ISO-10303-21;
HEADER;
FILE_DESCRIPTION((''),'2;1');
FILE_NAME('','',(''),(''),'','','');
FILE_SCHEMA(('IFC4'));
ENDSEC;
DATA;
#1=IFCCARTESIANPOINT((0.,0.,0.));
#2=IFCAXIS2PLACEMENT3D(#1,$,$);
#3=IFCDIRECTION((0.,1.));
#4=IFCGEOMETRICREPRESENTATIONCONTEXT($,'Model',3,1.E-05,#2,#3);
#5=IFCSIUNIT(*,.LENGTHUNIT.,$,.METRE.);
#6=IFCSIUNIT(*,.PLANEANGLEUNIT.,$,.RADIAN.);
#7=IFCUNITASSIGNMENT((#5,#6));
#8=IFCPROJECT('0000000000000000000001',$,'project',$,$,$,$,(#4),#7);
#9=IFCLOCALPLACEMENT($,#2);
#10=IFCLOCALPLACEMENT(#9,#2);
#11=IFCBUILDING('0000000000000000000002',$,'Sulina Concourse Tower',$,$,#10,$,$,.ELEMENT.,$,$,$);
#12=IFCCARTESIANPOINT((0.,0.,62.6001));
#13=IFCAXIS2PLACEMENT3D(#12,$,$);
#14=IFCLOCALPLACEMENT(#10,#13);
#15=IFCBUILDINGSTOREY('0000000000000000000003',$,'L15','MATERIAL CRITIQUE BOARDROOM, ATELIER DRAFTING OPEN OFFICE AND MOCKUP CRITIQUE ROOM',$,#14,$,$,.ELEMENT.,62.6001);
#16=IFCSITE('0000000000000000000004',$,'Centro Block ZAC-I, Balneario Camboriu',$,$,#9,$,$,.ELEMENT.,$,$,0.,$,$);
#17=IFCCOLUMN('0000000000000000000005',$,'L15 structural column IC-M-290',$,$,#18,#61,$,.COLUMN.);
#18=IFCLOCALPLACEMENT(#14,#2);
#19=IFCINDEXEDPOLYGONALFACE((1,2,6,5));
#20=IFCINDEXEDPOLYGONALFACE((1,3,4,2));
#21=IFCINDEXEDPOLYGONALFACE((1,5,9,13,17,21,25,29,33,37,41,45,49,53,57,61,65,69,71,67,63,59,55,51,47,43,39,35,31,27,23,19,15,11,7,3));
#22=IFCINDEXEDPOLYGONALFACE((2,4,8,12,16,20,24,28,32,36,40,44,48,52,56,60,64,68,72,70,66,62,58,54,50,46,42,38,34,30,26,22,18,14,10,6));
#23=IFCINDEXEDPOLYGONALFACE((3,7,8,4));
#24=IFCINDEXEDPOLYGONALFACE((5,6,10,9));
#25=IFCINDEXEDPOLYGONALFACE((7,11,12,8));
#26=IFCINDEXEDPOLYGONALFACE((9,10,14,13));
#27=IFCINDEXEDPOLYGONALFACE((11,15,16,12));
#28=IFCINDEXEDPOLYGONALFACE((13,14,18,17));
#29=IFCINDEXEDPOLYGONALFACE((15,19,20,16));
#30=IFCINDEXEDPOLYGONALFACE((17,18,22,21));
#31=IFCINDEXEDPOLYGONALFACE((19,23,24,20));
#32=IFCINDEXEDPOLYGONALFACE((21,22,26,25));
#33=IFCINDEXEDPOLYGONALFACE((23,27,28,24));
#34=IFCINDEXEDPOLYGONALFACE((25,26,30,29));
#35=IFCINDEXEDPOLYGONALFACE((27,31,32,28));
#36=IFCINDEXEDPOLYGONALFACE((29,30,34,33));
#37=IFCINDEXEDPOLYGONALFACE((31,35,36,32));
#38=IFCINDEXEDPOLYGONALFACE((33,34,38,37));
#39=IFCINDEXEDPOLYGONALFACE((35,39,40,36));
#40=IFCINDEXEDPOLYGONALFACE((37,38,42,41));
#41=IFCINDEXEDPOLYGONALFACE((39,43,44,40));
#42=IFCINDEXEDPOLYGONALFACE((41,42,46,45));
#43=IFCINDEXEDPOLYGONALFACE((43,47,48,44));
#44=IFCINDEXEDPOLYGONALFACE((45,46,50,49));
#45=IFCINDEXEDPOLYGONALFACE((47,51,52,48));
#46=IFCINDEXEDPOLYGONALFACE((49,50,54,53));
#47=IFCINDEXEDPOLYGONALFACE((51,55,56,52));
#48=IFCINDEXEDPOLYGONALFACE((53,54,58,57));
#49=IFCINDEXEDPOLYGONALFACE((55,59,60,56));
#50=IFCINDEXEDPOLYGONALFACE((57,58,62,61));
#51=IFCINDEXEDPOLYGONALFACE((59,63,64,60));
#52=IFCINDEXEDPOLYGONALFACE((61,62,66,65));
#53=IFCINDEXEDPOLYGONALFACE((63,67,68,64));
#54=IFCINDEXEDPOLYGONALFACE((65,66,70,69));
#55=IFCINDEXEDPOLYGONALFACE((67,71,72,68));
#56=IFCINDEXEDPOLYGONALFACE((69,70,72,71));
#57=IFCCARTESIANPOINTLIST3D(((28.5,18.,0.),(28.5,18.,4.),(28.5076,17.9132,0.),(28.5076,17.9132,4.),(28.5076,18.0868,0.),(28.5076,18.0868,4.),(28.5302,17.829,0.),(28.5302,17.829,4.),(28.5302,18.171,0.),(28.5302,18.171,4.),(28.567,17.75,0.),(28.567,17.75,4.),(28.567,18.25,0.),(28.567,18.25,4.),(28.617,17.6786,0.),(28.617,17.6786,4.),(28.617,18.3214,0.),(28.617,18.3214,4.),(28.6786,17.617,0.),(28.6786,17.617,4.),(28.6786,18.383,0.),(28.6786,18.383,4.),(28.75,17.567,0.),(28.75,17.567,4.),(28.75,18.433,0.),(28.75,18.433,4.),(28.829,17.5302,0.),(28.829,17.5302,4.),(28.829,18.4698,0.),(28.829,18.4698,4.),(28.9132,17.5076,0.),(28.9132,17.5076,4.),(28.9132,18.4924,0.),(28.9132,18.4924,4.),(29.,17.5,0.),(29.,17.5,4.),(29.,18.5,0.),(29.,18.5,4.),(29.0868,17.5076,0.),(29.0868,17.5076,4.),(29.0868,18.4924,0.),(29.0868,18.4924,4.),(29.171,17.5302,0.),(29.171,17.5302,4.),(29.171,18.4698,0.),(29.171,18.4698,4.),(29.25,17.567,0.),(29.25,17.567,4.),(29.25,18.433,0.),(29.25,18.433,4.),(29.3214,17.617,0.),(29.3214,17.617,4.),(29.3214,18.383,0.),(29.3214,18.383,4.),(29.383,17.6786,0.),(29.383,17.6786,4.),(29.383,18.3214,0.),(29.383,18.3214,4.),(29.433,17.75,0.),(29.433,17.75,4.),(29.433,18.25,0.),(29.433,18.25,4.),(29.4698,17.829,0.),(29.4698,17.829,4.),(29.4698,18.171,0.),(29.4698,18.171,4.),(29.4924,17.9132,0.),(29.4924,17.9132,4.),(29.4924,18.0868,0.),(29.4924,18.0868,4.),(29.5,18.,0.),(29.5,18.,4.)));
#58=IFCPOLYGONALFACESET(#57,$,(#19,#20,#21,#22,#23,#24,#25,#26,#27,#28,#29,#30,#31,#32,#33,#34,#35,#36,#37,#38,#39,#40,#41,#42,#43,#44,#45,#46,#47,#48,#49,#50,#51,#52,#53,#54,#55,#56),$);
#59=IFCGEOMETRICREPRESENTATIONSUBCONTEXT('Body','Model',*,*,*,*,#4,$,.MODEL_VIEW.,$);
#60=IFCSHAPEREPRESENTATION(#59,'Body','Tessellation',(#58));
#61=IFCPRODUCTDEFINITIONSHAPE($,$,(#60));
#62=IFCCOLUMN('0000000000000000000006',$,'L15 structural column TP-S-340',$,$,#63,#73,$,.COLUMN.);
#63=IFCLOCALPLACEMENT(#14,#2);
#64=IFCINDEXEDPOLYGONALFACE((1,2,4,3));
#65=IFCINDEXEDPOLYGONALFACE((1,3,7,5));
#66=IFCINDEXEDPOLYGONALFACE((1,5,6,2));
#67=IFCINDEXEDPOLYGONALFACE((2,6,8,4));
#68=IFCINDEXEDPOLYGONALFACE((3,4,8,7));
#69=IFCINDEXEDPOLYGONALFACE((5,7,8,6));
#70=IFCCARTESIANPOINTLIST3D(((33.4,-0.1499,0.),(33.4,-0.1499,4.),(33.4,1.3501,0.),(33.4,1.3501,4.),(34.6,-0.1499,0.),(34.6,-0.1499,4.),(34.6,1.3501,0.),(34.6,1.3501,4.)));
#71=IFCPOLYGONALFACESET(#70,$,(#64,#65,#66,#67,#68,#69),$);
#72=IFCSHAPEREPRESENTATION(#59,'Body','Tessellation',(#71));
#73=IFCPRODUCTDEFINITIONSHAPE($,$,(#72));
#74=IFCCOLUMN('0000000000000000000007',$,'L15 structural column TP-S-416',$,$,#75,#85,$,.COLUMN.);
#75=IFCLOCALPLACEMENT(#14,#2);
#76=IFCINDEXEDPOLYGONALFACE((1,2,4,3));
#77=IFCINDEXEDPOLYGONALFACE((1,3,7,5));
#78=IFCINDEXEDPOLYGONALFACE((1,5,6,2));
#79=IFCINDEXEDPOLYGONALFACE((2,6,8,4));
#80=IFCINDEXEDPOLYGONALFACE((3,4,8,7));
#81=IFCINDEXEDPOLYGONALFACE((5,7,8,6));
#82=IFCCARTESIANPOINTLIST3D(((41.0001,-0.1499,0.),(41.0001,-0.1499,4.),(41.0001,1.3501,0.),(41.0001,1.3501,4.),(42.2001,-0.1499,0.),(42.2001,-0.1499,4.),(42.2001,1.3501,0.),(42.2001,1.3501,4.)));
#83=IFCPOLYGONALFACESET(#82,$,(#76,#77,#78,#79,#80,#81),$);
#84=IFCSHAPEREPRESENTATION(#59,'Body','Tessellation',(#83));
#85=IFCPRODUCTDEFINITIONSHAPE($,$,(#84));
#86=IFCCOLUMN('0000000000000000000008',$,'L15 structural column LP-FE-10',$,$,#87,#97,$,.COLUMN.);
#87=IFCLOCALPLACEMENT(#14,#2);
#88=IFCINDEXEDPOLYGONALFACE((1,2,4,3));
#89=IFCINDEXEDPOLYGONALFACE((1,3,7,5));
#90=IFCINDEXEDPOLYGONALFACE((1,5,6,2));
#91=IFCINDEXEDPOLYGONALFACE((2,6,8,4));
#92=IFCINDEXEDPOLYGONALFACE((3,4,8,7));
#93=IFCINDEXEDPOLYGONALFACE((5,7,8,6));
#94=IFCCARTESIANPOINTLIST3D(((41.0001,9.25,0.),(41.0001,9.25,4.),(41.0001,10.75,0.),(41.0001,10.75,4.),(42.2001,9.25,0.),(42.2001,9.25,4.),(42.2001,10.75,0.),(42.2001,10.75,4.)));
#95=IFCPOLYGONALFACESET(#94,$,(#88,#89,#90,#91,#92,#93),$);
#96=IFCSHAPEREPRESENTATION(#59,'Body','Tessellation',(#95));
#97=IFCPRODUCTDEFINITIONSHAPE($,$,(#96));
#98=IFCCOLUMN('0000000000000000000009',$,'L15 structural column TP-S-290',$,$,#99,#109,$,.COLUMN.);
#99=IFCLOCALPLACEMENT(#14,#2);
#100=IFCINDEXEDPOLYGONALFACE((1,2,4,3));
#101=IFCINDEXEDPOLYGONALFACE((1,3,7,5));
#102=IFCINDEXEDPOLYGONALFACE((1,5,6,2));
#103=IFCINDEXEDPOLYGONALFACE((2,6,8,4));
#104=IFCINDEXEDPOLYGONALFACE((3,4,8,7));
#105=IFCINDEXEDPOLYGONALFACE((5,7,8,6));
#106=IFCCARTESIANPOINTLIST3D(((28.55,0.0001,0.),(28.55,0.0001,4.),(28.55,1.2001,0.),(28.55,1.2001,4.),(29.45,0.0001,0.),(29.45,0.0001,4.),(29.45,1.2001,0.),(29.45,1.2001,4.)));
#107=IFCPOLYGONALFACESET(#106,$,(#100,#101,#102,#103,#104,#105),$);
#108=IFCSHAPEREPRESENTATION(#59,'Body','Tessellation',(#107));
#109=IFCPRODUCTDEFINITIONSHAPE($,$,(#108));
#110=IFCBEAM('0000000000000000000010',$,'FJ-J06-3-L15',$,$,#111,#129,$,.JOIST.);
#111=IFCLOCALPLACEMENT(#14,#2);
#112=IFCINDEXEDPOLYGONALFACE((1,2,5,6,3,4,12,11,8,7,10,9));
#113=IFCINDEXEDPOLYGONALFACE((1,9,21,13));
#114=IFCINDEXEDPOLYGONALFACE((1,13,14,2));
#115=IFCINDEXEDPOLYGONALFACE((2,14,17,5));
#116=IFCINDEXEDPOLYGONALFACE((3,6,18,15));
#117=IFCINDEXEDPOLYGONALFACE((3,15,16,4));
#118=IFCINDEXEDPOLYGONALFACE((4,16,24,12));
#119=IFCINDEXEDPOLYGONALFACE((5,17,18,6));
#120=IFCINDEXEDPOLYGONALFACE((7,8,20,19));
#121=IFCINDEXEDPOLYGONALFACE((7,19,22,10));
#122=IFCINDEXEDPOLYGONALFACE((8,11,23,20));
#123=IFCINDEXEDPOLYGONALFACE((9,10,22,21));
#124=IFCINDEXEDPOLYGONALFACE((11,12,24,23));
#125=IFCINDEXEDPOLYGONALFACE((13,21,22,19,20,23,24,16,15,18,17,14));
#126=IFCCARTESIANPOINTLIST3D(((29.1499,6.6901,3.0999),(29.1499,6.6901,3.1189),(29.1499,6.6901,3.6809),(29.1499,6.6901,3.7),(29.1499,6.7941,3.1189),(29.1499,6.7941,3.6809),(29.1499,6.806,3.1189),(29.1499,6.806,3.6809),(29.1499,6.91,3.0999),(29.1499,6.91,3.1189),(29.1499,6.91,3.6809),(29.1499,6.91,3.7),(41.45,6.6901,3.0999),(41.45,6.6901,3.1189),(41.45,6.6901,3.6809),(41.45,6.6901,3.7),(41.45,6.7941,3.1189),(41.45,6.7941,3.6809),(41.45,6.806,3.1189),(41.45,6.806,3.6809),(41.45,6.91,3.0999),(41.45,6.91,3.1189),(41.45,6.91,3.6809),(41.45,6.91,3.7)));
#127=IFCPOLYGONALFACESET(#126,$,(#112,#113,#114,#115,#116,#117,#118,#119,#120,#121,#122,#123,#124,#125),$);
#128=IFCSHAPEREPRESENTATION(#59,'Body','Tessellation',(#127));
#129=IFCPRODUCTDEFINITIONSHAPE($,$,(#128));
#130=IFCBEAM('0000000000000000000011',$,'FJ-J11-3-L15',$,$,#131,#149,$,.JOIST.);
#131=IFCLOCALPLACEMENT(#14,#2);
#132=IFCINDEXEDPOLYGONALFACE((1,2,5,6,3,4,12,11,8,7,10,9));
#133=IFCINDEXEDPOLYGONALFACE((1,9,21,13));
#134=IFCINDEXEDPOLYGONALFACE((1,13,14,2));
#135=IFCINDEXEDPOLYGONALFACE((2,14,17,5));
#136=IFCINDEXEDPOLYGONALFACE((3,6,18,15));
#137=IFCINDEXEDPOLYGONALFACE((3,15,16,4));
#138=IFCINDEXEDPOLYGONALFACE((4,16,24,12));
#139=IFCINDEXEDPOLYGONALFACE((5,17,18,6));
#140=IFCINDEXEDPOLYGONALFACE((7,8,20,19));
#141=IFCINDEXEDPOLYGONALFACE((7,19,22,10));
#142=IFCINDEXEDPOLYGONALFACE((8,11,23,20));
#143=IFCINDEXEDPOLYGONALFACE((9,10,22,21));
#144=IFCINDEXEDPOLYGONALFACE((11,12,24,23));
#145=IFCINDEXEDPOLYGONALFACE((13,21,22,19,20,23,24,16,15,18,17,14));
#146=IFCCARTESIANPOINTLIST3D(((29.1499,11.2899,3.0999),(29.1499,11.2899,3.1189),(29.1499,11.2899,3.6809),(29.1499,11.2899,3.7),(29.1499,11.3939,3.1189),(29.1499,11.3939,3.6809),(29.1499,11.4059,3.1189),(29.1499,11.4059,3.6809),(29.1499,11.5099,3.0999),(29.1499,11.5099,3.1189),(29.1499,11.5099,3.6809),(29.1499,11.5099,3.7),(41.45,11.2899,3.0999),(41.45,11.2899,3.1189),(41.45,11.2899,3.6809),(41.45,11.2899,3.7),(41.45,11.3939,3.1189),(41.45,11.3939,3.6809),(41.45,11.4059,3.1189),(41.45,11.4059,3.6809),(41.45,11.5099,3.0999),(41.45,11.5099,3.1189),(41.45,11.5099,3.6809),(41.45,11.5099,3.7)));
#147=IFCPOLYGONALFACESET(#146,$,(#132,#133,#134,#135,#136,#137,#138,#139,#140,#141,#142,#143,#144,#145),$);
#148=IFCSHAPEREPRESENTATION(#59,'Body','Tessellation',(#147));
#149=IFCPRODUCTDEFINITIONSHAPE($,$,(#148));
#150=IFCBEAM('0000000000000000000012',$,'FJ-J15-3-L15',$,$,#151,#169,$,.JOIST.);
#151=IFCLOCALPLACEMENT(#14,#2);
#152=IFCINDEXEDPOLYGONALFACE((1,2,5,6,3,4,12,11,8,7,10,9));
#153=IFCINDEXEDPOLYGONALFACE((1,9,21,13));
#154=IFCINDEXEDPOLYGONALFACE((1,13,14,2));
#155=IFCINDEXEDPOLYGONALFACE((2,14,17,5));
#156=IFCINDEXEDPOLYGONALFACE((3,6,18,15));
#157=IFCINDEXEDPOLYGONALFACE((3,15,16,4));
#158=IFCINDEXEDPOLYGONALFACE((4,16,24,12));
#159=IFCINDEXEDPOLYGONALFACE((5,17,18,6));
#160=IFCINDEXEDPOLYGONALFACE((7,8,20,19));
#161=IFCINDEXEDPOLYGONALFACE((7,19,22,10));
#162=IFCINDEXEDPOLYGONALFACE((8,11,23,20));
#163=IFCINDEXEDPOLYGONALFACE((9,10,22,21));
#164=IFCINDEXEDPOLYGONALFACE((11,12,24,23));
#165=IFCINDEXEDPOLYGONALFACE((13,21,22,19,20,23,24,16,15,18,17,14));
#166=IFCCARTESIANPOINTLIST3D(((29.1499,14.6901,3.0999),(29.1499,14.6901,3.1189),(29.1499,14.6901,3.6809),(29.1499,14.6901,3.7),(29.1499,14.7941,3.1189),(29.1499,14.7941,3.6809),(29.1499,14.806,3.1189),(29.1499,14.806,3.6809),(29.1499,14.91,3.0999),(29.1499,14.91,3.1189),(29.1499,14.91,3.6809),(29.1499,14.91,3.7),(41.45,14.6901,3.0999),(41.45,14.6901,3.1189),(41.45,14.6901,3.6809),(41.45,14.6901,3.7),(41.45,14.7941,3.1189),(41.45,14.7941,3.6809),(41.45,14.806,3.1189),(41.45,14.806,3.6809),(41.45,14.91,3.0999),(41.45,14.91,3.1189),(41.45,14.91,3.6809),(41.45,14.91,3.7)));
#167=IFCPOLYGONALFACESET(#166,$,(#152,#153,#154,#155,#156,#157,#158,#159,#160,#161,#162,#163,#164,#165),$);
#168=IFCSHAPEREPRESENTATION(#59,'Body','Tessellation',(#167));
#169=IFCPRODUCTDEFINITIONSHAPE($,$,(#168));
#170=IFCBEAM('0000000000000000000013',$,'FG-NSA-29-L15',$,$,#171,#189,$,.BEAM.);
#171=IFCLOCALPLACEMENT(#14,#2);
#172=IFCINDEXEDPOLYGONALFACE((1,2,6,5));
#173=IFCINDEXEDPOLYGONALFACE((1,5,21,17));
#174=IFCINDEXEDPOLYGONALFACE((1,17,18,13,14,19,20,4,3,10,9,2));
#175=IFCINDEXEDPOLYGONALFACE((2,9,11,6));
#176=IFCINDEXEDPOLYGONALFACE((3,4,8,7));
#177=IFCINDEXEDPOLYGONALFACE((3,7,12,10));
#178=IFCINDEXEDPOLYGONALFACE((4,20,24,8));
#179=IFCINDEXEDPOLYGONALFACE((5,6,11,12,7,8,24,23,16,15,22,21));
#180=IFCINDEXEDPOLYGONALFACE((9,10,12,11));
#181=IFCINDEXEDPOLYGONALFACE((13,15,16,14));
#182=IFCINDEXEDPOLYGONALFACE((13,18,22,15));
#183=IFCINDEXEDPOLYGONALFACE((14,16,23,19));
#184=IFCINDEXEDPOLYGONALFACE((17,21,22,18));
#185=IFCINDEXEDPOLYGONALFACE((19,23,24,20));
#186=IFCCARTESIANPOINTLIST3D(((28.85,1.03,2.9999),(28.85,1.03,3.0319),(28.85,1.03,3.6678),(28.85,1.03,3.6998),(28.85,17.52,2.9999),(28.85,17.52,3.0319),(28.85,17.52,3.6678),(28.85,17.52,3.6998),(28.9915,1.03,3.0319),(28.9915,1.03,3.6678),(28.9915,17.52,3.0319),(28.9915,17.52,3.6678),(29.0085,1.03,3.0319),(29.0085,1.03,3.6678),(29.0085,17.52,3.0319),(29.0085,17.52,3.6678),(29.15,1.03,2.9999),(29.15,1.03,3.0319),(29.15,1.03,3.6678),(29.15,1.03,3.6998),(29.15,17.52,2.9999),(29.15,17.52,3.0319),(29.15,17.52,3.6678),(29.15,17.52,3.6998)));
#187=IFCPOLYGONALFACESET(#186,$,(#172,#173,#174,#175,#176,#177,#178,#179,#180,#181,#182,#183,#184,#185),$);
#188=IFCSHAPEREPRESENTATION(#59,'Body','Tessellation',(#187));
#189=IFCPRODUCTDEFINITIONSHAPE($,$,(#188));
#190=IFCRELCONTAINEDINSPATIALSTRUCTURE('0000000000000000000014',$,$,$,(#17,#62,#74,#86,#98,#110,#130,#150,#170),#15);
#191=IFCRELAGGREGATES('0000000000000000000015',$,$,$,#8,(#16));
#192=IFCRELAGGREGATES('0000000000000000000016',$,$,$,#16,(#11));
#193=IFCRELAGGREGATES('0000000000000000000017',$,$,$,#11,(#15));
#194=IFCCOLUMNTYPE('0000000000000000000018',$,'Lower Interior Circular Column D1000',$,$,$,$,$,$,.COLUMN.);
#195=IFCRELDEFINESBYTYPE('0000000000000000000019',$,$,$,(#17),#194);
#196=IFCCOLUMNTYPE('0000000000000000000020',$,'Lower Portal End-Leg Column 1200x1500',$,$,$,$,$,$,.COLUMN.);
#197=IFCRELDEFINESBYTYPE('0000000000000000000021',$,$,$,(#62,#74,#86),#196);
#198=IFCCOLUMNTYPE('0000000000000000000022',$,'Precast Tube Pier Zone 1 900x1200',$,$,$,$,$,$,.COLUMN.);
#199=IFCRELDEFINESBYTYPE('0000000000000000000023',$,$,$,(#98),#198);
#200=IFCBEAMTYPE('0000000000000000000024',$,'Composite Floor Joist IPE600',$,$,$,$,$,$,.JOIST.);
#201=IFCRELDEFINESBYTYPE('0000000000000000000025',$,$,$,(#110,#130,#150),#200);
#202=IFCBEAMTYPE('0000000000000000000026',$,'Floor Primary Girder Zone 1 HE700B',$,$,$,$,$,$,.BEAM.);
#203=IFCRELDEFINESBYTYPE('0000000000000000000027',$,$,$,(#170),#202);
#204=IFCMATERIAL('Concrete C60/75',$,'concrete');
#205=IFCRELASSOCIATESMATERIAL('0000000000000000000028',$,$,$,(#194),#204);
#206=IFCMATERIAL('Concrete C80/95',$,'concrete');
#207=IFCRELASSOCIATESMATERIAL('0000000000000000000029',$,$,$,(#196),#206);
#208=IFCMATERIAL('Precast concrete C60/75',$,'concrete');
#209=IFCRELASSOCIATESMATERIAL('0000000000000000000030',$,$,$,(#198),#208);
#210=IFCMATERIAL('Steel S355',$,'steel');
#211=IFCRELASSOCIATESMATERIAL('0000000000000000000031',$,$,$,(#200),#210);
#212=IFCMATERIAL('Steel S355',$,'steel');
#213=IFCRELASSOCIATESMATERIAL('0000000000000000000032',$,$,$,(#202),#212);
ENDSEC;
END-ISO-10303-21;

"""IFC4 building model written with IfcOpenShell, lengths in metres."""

from ifc_helpers import new_model, si_unit, direction, frame, origin, origin_2d, place, context, subcontext, project, spatial, rectangle, circle, i_section, extrude, material, material_profile, profile_set, type_object, element, save


model = new_model("IFC4")

# Units and contexts
model_context = context("Model", 3, precision=1e-05, world=origin(), true_north=direction((0.0, 1.0)))
body_context = subcontext(model_context, "Body", "Model", "MODEL_VIEW")
ifc_project = project(units=[si_unit("LENGTHUNIT", "METRE"), si_unit("PLANEANGLEUNIT", "RADIAN")], contexts=[model_context])

# Site, building, storey
site_placement = place(None, origin())
site = spatial("IfcSite", under=ifc_project, at=site_placement, Name="Centro Block ZAC-I, Balneario Camboriu", CompositionType="ELEMENT", RefElevation=0.0)
building_placement = place(site_placement, origin())
building = spatial("IfcBuilding", under=site, at=building_placement, Name="Sulina Concourse Tower", CompositionType="ELEMENT")
storey_placement = place(building_placement, frame((0.0, 0.0, 62.6001)))
storey = spatial("IfcBuildingStorey", under=building, at=storey_placement, Name="L15", Description="MATERIAL CRITIQUE BOARDROOM, ATELIER DRAFTING OPEN OFFICE AND MOCKUP CRITIQUE ROOM", CompositionType="ELEMENT", Elevation=62.6001)

# Columns
ifc_material_1 = material(Name="Concrete C60/75", Category="concrete")
ifc_material_profile_1 = material_profile(ifc_material_1, circle(Radius=0.5, at=origin_2d()), Name="RC D1000")
ifc_profile_set_1 = profile_set([ifc_material_profile_1], Name="Concrete C60/75")
column_type_1 = type_object("IfcColumnType", Name="Lower Interior Circular Column D1000", PredefinedType="COLUMN", material=ifc_profile_set_1)
column_1_placement = place(storey_placement, frame((29.0, 18.0, 0.0), z_axis=(0.0, 0.0, 1.0), x_axis=(1.0, 0.0, 0.0)))
element("IfcColumn", 1, at=column_1_placement, inside=storey, type_object=column_type_1, Name="L15 structural column IC-M-290", PredefinedType="COLUMN", context=body_context, shape_type="SweptSolid", body=[
    extrude(circle(Radius=0.5, at=origin_2d()), origin(), (0.0, 0.0, 1.0), 4.0),
])
ifc_material_2 = material(Name="Concrete C80/95", Category="concrete")
ifc_material_profile_2 = material_profile(ifc_material_2, rectangle(XDim=1.2, YDim=1.5, at=origin_2d()), Name="RC 1200x1500")
ifc_profile_set_2 = profile_set([ifc_material_profile_2], Name="Concrete C80/95")
column_type_2 = type_object("IfcColumnType", Name="Lower Portal End-Leg Column 1200x1500", PredefinedType="COLUMN", material=ifc_profile_set_2)
for number, where, z_axis, x_axis, name in (
    (2, (34.0, 0.6001, 0.0), (0.0, 0.0, 1.0), (1.0, 0.0, 0.0), "L15 structural column TP-S-340"),
    (3, (41.6001, 0.6001, 0.0), (0.0, 0.0, 1.0), (1.0, 0.0, 0.0), "L15 structural column TP-S-416"),
    (4, (41.6001, 10.0, 0.0), (0.0, 0.0, 1.0), (1.0, 0.0, 0.0), "L15 structural column LP-FE-10"),
):
    element("IfcColumn", number, at=place(storey_placement, frame(where, z_axis=z_axis, x_axis=x_axis)), inside=storey, type_object=column_type_2, Name=name, PredefinedType="COLUMN", context=body_context, shape_type="SweptSolid", body=[
        extrude(rectangle(XDim=1.2, YDim=1.5, at=origin_2d()), origin(), (0.0, 0.0, 1.0), 4.0),
    ])
ifc_material_3 = material(Name="Precast concrete C60/75", Category="concrete")
ifc_material_profile_3 = material_profile(ifc_material_3, rectangle(XDim=0.8999, YDim=1.2, at=origin_2d()), Name="PC 900x1200")
ifc_profile_set_3 = profile_set([ifc_material_profile_3], Name="Precast concrete C60/75")
column_type_3 = type_object("IfcColumnType", Name="Precast Tube Pier Zone 1 900x1200", PredefinedType="COLUMN", material=ifc_profile_set_3)
column_2_placement = place(storey_placement, frame((29.0, 0.6001, 0.0), z_axis=(0.0, 0.0, 1.0), x_axis=(1.0, 0.0, 0.0)))
element("IfcColumn", 5, at=column_2_placement, inside=storey, type_object=column_type_3, Name="L15 structural column TP-S-290", PredefinedType="COLUMN", context=body_context, shape_type="SweptSolid", body=[
    extrude(rectangle(XDim=0.8999, YDim=1.2, at=origin_2d()), origin(), (0.0, 0.0, 1.0), 4.0),
])

# Beams
ifc_material_4 = material(Name="Steel S355", Category="steel")
ifc_material_profile_4 = material_profile(ifc_material_4, i_section(OverallWidth=0.22, OverallDepth=0.6001, WebThickness=0.012, FlangeThickness=0.019, at=origin_2d()), Name="IPE 600")
ifc_profile_set_4 = profile_set([ifc_material_profile_4], Name="Steel S355")
beam_type_1 = type_object("IfcBeamType", Name="Composite Floor Joist IPE600", PredefinedType="JOIST", material=ifc_profile_set_4)
for number, where, z_axis, x_axis, name in (
    (6, (29.1499, 6.8, 3.3999), (1.0, 0.0, 0.0), (0.0, 1.0, 0.0), "FJ-J06-3-L15"),
    (7, (29.1499, 11.3999, 3.3999), (1.0, 0.0, 0.0), (0.0, 1.0, 0.0), "FJ-J11-3-L15"),
    (8, (29.1499, 14.8, 3.3999), (1.0, 0.0, 0.0), (0.0, 1.0, 0.0), "FJ-J15-3-L15"),
):
    element("IfcBeam", number, at=place(storey_placement, frame(where, z_axis=z_axis, x_axis=x_axis)), inside=storey, type_object=beam_type_1, Name=name, PredefinedType="JOIST", context=body_context, shape_type="SweptSolid", body=[
        extrude(i_section(OverallWidth=0.22, OverallDepth=0.6001, WebThickness=0.012, FlangeThickness=0.019, at=origin_2d()), origin(), (0.0, 0.0, 1.0), 12.3),
    ])
ifc_material_5 = material(Name="Steel S355", Category="steel")
ifc_material_profile_5 = material_profile(ifc_material_5, i_section(OverallWidth=0.3, OverallDepth=0.7, WebThickness=0.0171, FlangeThickness=0.032, at=origin_2d()), Name="HE 700 B")
ifc_profile_set_5 = profile_set([ifc_material_profile_5], Name="Steel S355")
beam_type_2 = type_object("IfcBeamType", Name="Floor Primary Girder Zone 1 HE700B", PredefinedType="BEAM", material=ifc_profile_set_5)
beam_1_placement = place(storey_placement, frame((29.0, 1.03, 3.3499), z_axis=(0.0, 1.0, 0.0), x_axis=(-1.0, 0.0, 0.0)))
element("IfcBeam", 9, at=beam_1_placement, inside=storey, type_object=beam_type_2, Name="FG-NSA-29-L15", PredefinedType="BEAM", context=body_context, shape_type="SweptSolid", body=[
    extrude(i_section(OverallWidth=0.3, OverallDepth=0.7, WebThickness=0.0171, FlangeThickness=0.032, at=origin_2d()), origin(), (0.0, 0.0, 1.0), 16.49),
])

save(model, "model.ifc")
